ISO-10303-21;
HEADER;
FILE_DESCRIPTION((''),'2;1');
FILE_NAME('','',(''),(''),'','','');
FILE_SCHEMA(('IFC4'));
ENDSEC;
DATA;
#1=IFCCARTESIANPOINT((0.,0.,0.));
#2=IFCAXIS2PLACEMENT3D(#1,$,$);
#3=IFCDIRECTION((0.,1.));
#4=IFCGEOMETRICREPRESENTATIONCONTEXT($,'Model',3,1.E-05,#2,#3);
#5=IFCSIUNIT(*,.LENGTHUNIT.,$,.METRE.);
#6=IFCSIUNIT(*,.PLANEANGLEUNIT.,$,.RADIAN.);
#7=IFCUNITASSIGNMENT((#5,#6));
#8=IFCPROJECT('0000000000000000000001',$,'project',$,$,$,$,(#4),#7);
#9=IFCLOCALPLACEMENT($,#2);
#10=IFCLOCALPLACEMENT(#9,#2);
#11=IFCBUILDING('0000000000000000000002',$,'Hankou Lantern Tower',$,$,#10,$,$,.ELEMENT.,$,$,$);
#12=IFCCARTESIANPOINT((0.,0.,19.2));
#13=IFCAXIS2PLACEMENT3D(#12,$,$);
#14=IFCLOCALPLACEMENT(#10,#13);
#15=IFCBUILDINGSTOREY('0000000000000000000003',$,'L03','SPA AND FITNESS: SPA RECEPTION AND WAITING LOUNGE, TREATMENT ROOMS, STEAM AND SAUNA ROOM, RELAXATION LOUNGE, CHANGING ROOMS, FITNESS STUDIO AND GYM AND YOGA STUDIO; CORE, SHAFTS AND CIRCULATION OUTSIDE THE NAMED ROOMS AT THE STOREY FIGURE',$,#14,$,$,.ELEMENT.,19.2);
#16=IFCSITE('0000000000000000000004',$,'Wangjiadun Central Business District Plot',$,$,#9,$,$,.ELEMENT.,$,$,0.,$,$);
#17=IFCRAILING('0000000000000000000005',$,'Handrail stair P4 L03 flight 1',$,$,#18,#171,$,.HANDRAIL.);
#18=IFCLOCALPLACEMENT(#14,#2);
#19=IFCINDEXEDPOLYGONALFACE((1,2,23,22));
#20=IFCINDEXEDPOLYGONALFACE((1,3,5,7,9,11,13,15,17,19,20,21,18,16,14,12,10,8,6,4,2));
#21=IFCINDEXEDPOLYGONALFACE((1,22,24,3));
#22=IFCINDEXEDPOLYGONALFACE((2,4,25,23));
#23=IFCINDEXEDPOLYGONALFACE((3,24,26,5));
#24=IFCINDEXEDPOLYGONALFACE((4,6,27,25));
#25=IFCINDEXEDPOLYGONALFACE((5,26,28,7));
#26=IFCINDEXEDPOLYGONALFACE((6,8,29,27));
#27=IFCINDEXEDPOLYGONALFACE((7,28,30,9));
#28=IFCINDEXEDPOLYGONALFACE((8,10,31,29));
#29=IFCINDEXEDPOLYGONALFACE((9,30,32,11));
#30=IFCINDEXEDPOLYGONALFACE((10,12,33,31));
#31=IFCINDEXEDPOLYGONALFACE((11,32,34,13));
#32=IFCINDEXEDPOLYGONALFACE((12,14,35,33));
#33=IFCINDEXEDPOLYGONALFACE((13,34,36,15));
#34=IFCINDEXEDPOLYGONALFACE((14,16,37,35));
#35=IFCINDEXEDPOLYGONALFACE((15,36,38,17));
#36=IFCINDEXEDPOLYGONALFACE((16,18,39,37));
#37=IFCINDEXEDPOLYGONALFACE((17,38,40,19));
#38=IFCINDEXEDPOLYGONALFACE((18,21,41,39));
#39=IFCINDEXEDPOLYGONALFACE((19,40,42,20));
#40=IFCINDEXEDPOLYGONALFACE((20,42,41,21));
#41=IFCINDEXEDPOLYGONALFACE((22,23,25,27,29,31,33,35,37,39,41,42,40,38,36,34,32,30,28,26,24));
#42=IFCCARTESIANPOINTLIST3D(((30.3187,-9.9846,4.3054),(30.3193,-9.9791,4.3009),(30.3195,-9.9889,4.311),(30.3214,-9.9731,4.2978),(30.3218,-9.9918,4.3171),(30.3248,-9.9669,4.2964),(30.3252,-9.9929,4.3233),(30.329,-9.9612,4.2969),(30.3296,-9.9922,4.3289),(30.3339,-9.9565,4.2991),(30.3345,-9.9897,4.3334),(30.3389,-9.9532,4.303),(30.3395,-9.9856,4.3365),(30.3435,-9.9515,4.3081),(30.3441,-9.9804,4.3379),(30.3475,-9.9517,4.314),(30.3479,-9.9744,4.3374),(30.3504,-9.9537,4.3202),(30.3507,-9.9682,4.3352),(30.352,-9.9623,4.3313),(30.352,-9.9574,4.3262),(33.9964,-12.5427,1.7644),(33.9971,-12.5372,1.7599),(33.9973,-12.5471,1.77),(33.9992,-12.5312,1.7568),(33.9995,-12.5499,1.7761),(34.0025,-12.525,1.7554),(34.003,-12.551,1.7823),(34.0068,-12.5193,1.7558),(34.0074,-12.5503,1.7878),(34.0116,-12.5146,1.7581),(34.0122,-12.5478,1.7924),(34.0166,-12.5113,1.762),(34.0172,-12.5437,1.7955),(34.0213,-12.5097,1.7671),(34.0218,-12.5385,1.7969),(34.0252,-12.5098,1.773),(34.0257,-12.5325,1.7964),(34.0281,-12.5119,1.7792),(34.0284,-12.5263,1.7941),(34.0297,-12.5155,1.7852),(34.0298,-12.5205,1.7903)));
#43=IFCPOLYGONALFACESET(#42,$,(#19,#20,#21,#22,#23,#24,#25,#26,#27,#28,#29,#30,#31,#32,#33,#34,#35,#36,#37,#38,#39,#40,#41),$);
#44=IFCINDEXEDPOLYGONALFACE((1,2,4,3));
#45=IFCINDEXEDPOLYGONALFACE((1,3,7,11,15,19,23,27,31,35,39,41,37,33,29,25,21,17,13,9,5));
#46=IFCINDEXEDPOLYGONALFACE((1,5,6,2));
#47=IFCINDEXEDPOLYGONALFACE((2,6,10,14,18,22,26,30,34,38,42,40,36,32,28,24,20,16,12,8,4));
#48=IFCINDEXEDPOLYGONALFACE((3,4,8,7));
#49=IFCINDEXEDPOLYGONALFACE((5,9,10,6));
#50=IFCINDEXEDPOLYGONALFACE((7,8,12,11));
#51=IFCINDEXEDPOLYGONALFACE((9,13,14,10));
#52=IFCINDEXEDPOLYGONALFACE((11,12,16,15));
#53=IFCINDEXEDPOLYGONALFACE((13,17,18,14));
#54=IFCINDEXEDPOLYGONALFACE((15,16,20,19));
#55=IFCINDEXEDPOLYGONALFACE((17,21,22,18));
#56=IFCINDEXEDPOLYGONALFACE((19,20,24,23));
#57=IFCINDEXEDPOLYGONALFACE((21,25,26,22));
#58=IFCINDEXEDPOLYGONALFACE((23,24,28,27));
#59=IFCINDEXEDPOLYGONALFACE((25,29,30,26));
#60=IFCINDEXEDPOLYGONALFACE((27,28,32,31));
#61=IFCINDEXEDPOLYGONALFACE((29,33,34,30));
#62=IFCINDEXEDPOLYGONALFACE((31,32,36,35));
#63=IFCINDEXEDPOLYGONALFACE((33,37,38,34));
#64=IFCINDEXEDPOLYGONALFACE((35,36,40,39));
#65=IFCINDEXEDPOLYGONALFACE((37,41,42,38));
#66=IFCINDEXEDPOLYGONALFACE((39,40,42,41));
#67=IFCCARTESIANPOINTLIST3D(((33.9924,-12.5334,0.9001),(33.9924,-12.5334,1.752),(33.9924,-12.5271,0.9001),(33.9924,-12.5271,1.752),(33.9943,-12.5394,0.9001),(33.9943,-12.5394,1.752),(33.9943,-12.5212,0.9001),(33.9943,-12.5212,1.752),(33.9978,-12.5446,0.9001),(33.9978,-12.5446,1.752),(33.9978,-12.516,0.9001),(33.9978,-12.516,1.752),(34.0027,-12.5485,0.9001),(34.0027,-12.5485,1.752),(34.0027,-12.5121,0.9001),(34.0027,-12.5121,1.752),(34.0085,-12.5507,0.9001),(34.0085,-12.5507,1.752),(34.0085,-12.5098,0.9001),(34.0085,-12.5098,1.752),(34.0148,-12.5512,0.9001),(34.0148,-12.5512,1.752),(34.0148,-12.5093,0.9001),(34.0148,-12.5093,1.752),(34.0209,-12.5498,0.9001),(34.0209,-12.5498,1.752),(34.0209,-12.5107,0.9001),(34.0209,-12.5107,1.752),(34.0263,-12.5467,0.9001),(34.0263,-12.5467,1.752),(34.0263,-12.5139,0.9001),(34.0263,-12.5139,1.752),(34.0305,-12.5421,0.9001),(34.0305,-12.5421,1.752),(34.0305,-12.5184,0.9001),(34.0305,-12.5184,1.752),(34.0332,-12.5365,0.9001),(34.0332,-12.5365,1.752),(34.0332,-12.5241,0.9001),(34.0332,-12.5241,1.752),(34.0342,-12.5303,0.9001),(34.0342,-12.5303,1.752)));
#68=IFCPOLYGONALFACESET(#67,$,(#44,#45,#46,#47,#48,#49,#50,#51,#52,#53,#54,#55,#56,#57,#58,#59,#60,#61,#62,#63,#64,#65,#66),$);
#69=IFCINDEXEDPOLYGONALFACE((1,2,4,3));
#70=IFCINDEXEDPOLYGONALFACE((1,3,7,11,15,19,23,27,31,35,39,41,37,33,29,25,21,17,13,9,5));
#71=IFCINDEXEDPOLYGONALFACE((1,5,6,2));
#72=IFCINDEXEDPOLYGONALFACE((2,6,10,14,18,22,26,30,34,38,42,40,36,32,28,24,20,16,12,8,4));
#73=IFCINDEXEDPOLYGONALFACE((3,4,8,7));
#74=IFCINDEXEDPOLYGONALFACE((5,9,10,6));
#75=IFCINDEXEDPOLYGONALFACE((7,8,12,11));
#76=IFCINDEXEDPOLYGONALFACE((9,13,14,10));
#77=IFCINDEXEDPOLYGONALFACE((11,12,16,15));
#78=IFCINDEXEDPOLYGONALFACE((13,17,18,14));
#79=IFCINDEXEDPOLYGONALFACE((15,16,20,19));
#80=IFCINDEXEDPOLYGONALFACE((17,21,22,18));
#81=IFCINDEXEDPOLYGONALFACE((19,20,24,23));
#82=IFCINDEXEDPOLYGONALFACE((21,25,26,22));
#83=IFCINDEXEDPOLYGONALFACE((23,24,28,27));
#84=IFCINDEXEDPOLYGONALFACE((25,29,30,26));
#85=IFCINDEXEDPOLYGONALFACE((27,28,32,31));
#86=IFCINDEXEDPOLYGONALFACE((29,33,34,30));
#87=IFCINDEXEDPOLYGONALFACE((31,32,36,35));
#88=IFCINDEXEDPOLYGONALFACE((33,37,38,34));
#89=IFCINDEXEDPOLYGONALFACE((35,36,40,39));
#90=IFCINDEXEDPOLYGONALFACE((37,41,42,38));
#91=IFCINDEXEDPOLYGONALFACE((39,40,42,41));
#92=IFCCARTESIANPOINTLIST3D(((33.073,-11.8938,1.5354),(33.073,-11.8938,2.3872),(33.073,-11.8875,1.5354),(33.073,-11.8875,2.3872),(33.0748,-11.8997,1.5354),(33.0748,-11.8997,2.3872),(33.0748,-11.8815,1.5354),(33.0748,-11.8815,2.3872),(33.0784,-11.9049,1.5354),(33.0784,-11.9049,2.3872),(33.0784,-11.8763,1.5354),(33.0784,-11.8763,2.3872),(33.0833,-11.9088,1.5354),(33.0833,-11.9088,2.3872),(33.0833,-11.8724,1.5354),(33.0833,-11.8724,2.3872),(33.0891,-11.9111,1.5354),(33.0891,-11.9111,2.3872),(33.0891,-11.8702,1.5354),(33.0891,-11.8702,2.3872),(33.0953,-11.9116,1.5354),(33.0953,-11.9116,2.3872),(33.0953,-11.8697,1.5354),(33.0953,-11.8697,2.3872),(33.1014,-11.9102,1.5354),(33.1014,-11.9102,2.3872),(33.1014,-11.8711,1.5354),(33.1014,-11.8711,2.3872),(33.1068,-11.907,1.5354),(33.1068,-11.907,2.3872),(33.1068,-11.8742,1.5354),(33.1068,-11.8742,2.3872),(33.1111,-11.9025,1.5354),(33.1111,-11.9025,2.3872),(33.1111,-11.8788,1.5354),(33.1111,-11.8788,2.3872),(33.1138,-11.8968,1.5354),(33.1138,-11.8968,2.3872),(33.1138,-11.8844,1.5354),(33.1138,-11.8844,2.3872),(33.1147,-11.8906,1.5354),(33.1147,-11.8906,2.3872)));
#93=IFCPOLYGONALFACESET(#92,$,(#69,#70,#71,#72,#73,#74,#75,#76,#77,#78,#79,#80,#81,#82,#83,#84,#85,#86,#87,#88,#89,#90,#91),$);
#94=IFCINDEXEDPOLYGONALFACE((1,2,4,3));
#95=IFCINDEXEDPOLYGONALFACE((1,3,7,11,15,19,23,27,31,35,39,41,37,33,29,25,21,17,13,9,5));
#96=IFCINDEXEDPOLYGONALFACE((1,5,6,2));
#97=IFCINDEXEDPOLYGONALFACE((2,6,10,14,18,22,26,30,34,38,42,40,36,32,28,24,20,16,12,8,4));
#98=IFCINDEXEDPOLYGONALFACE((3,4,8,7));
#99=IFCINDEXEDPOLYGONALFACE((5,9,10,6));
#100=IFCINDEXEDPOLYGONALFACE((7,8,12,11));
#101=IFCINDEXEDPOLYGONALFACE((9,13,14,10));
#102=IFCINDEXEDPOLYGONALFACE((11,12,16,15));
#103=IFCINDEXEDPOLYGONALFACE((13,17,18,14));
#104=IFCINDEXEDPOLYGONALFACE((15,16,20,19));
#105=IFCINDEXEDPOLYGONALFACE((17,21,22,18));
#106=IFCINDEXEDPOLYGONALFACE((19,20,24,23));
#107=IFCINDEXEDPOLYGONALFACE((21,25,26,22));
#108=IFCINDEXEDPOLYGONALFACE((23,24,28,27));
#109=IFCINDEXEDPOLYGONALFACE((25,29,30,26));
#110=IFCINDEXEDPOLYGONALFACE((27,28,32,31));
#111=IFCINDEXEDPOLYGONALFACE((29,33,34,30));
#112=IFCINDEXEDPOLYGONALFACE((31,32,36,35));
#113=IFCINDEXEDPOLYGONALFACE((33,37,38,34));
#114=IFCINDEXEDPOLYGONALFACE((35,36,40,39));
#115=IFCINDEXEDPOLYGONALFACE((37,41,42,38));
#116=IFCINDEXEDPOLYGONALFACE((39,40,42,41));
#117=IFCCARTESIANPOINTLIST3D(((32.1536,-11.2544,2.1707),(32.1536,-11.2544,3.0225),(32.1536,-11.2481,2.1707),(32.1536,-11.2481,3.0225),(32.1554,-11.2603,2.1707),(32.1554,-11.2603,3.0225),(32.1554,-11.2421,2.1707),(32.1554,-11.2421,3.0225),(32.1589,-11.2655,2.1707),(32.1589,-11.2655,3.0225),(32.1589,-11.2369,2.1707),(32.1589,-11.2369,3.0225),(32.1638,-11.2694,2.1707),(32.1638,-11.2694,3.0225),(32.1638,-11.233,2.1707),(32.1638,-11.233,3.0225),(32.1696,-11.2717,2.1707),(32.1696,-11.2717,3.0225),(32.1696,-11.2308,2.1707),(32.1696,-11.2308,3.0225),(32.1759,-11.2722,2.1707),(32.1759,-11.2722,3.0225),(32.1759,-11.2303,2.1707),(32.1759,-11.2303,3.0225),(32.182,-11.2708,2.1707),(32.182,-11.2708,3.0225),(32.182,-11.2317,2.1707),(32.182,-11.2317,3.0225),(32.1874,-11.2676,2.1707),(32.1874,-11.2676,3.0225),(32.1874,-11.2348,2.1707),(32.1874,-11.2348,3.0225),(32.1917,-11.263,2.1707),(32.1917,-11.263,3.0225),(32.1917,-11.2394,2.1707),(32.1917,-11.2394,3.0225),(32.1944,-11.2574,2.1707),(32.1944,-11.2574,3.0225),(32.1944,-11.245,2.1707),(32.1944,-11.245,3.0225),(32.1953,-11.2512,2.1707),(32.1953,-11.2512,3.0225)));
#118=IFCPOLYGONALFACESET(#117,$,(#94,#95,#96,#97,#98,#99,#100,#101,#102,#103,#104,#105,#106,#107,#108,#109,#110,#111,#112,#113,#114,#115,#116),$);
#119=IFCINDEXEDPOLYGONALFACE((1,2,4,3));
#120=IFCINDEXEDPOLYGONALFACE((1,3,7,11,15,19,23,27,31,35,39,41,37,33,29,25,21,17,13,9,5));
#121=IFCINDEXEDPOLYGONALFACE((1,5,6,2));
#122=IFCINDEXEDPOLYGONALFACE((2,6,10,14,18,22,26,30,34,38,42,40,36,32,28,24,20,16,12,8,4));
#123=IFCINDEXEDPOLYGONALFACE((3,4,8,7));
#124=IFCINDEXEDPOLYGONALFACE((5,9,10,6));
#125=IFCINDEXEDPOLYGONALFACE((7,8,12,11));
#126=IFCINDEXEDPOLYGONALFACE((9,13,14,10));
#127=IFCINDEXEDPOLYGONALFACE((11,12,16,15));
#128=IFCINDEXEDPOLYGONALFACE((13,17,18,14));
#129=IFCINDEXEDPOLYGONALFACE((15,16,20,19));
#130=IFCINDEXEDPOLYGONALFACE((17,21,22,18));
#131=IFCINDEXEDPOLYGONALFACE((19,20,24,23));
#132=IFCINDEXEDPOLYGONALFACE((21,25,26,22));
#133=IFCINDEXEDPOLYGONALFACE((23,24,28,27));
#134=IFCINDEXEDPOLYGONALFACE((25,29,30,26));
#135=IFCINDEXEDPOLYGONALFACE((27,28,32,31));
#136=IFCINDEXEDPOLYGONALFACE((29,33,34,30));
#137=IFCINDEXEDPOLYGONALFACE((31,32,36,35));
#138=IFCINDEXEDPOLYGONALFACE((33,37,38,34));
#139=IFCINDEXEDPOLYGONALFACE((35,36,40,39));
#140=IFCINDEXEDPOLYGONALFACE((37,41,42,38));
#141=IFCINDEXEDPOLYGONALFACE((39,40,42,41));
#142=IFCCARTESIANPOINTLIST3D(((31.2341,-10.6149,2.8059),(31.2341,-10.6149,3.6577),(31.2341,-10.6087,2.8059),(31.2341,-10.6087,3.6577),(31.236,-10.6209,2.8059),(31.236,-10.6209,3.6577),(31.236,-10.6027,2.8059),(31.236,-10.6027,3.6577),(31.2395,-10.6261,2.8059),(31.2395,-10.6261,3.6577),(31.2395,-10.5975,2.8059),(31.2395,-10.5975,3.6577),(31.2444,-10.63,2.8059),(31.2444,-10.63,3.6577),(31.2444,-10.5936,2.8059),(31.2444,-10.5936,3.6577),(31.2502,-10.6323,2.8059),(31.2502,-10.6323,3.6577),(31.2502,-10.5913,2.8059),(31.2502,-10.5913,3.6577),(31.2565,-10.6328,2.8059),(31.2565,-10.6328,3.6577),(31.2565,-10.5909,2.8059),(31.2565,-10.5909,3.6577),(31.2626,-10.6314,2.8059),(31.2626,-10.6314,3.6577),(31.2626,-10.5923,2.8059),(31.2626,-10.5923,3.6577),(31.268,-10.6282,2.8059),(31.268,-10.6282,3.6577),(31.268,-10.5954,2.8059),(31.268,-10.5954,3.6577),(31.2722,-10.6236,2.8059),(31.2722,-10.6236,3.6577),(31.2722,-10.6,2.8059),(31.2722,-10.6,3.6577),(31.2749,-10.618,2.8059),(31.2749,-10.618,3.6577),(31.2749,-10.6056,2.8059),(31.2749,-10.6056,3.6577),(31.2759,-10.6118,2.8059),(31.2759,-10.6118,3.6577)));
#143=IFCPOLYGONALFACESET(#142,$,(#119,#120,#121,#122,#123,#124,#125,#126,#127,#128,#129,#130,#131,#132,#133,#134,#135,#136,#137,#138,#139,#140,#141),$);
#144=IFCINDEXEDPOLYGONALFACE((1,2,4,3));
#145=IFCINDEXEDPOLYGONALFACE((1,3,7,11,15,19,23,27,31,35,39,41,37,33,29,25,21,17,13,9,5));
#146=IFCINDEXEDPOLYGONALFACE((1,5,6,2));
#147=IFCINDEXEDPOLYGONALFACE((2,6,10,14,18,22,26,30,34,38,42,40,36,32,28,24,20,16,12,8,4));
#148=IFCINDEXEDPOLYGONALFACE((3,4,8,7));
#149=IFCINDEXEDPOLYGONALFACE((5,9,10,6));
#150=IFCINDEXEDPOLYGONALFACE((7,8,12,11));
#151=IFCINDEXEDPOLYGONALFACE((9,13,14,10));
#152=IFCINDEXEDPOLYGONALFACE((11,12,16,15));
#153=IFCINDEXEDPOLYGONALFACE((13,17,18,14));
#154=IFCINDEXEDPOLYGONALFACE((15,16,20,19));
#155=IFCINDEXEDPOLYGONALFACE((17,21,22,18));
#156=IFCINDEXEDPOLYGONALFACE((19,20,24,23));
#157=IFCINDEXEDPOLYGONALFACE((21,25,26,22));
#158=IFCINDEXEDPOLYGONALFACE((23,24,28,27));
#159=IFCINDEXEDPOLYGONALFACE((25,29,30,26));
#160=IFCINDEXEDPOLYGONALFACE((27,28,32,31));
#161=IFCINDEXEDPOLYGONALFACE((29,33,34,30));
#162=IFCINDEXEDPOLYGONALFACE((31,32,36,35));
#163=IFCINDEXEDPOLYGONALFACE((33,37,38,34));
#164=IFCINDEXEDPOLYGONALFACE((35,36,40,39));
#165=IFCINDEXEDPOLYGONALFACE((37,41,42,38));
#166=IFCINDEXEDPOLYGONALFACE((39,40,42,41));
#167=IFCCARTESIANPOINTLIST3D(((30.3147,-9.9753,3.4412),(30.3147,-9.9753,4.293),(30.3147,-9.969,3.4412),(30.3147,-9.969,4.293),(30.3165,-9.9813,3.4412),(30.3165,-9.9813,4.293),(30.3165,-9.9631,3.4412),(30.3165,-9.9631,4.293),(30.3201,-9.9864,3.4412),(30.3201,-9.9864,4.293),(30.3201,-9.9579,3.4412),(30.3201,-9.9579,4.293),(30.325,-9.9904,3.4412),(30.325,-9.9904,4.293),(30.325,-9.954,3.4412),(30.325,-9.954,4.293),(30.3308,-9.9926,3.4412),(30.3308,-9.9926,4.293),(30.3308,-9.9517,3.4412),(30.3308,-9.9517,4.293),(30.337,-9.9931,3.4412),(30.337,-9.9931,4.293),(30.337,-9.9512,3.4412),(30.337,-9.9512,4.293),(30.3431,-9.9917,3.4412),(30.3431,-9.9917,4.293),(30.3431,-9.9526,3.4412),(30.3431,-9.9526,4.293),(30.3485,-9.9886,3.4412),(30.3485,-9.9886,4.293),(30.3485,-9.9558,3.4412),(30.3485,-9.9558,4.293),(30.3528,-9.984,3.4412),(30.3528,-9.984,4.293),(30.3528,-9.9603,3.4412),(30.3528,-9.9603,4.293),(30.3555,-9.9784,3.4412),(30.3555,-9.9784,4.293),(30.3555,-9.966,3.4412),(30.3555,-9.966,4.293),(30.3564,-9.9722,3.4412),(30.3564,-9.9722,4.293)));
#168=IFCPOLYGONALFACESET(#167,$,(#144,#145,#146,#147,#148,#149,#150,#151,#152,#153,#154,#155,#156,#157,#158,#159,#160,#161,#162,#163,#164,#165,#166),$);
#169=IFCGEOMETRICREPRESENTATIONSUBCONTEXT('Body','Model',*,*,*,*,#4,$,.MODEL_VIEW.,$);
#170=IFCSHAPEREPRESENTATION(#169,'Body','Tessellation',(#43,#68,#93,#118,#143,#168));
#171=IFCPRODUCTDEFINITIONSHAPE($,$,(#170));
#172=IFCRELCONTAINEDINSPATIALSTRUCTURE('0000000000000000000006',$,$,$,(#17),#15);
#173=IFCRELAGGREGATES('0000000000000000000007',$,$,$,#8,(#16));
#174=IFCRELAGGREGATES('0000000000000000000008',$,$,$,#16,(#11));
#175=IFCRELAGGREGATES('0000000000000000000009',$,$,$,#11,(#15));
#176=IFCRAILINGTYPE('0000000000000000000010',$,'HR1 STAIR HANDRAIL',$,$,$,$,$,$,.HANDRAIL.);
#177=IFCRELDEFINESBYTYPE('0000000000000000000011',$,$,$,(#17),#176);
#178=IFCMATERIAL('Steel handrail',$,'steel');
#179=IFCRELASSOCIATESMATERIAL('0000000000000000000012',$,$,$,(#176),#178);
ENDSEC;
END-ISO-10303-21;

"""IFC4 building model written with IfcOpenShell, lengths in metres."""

from ifc_helpers import new_model, si_unit, direction, frame, origin, origin_2d, place, context, subcontext, project, spatial, circle, extrude, material, type_object, element, save


model = new_model("IFC4")

# Units and contexts
model_context = context("Model", 3, precision=1e-05, world=origin(), true_north=direction((0.0, 1.0)))
body_context = subcontext(model_context, "Body", "Model", "MODEL_VIEW")
ifc_project = project(units=[si_unit("LENGTHUNIT", "METRE"), si_unit("PLANEANGLEUNIT", "RADIAN")], contexts=[model_context])

# Site, building, storey
site_placement = place(None, origin())
site = spatial("IfcSite", under=ifc_project, at=site_placement, Name="Wangjiadun Central Business District Plot", CompositionType="ELEMENT", RefElevation=0.0)
building_placement = place(site_placement, origin())
building = spatial("IfcBuilding", under=site, at=building_placement, Name="Hankou Lantern Tower", CompositionType="ELEMENT")
storey_placement = place(building_placement, frame((0.0, 0.0, 19.2)))
storey = spatial("IfcBuildingStorey", under=building, at=storey_placement, Name="L03", Description="SPA AND FITNESS: SPA RECEPTION AND WAITING LOUNGE, TREATMENT ROOMS, STEAM AND SAUNA ROOM, RELAXATION LOUNGE, CHANGING ROOMS, FITNESS STUDIO AND GYM AND YOGA STUDIO; CORE, SHAFTS AND CIRCULATION OUTSIDE THE NAMED ROOMS AT THE STOREY FIGURE", CompositionType="ELEMENT", Elevation=19.2)

# Railing
ifc_material_1 = material(Name="Steel handrail", Category="steel")
railing_type = type_object("IfcRailingType", Name="HR1 STAIR HANDRAIL", PredefinedType="HANDRAIL", material=ifc_material_1)
railing_1_placement = place(storey_placement, frame((34.0132, -12.5303, 0.9001)))
element("IfcRailing", 1, at=railing_1_placement, inside=storey, type_object=railing_type, Name="Handrail stair P4 L03 flight 1", PredefinedType="HANDRAIL", context=body_context, shape_type="SweptSolid", body=[
    extrude(circle(Radius=0.0239, at=origin_2d()), frame((0.0, 0.0, 0.876), z_axis=(-0.714071, 0.496683, 0.493365), x_axis=(-0.571017, -0.820939, 0.0)), (0.0, 0.0, 1.0), 5.1504),
    extrude(circle(Radius=0.021, at=origin_2d()), origin(), (0.0, 0.0, 1.0), 0.8518),
    extrude(circle(Radius=0.021, at=origin_2d()), frame((-0.9194, 0.6396, 0.6353)), (0.0, 0.0, 1.0), 0.8518),
    extrude(circle(Radius=0.021, at=origin_2d()), frame((-1.8389, 1.2791, 1.2705)), (0.0, 0.0, 1.0), 0.8518),
    extrude(circle(Radius=0.021, at=origin_2d()), frame((-2.7583, 1.9185, 1.9058)), (0.0, 0.0, 1.0), 0.8518),
    extrude(circle(Radius=0.021, at=origin_2d()), frame((-3.6777, 2.5581, 2.541)), (0.0, 0.0, 1.0), 0.8518),
])

save(model, "model.ifc")
